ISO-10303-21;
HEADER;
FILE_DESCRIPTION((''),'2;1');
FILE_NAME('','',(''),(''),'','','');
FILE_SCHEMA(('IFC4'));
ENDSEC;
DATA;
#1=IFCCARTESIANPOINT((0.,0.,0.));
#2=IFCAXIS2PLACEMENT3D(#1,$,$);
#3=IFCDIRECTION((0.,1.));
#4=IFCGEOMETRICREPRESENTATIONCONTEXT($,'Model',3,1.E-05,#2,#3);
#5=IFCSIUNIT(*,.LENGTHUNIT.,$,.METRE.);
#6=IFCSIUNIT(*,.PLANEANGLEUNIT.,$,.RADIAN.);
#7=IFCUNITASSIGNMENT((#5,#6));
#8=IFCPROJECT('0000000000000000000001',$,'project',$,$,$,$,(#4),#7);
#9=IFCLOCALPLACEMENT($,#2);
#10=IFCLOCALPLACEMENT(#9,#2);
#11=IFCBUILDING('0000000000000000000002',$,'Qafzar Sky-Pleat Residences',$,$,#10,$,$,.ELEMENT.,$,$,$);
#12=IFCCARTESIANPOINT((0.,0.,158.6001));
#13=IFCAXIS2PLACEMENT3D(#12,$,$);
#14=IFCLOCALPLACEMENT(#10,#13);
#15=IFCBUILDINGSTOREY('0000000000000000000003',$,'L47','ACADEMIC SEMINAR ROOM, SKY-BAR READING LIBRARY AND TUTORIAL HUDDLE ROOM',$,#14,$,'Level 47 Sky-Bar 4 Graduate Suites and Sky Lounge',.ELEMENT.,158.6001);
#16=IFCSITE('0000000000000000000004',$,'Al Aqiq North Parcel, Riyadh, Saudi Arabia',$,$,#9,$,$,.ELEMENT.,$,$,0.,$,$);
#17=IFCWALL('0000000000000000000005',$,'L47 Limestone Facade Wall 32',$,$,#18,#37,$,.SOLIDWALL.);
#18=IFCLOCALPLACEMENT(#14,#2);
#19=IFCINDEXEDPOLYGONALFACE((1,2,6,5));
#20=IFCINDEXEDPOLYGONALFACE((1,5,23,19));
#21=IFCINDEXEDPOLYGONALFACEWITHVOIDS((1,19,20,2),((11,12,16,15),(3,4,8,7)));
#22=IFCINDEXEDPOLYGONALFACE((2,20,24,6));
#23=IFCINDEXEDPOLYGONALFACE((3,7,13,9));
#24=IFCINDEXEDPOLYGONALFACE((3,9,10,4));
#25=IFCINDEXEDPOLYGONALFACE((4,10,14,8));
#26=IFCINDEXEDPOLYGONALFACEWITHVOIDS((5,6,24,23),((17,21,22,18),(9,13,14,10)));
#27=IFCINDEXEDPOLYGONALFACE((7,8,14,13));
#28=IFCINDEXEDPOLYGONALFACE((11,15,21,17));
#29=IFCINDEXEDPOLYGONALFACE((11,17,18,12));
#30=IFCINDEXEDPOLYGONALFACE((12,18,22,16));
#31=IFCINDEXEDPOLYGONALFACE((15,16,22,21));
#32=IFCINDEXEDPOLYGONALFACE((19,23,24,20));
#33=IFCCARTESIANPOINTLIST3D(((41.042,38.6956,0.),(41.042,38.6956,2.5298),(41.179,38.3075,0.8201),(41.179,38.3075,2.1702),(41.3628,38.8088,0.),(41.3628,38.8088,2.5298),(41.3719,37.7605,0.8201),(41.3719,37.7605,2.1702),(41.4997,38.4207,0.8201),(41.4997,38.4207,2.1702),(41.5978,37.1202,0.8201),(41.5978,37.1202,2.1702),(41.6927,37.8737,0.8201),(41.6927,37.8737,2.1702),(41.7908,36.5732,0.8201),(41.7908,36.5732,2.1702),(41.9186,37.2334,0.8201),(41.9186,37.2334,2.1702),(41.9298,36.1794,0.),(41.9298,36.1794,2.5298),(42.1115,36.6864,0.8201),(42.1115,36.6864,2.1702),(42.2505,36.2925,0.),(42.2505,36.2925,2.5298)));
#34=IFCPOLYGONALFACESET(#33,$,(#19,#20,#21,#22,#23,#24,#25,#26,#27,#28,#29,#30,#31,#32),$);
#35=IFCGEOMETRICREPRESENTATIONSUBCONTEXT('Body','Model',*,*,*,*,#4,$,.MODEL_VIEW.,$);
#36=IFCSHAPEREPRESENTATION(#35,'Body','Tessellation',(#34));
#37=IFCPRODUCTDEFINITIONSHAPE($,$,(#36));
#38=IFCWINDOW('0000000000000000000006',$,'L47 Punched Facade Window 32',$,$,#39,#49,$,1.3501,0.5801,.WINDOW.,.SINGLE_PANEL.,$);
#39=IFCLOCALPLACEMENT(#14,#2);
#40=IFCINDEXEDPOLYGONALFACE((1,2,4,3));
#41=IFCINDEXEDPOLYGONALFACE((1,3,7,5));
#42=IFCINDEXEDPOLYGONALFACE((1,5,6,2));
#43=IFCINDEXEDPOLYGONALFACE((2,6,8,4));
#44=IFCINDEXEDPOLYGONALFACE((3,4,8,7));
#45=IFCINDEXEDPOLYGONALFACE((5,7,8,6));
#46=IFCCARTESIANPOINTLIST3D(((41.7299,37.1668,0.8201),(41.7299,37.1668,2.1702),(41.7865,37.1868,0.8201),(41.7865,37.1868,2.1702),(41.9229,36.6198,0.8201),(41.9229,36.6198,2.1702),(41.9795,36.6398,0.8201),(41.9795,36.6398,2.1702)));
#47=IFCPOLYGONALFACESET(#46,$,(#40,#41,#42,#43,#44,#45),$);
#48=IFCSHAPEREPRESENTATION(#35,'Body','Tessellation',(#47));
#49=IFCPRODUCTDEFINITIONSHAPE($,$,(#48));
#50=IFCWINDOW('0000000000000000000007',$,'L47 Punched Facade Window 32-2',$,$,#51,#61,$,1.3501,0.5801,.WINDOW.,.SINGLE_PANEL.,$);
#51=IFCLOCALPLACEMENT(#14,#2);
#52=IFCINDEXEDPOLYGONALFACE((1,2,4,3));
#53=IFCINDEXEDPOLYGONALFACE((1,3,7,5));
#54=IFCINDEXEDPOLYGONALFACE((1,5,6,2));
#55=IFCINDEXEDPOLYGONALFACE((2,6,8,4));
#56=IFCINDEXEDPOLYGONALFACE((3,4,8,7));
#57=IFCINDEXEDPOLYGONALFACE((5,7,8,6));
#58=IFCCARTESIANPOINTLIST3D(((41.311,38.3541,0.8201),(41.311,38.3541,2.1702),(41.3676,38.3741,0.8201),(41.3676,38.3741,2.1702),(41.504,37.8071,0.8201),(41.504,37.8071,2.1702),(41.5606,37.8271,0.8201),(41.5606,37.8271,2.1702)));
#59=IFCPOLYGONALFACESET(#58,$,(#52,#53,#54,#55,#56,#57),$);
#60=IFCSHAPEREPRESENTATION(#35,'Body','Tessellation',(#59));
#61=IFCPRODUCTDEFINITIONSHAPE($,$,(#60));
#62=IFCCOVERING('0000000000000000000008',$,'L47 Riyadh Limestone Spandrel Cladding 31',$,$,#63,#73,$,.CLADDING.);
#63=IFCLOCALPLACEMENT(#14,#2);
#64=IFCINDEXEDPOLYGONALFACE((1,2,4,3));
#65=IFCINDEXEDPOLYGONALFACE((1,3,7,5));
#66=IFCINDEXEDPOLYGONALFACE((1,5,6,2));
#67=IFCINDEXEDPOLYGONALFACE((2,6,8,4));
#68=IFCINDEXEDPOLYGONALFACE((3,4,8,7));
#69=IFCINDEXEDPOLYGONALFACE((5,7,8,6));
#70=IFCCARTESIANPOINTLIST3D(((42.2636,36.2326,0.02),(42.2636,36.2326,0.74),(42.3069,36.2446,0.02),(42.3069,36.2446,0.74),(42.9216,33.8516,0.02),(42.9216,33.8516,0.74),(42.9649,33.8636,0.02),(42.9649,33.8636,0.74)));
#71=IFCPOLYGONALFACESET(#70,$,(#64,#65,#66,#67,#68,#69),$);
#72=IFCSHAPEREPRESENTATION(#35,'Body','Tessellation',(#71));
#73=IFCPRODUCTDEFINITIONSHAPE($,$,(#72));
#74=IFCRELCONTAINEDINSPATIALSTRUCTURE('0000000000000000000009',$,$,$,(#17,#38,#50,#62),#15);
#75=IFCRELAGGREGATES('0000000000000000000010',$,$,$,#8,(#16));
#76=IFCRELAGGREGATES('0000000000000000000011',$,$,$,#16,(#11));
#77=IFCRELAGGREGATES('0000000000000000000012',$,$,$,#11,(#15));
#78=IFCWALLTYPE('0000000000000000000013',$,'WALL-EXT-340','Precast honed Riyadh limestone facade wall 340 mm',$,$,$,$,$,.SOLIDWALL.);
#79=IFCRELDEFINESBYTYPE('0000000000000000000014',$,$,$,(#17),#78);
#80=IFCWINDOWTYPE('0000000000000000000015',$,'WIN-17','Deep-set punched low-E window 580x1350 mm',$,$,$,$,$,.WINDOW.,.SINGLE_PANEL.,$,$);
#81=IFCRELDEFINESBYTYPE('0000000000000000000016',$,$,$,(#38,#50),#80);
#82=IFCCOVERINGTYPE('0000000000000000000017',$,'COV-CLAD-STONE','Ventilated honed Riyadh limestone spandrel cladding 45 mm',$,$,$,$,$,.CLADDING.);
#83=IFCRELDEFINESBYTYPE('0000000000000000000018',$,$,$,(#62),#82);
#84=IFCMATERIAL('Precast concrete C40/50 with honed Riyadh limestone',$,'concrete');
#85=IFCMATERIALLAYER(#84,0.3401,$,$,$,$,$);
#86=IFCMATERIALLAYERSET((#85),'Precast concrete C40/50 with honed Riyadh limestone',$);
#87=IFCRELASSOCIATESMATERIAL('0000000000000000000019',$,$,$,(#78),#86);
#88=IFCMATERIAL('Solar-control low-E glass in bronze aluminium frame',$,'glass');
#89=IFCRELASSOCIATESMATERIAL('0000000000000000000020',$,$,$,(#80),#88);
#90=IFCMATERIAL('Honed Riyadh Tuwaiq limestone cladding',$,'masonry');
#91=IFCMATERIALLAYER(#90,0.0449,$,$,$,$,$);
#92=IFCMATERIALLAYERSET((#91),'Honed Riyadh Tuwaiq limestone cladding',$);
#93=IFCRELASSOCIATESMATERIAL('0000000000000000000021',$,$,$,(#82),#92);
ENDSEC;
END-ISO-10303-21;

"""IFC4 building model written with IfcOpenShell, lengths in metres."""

from ifc_helpers import new_model, si_unit, direction, frame, frame_2d, origin, origin_2d, place, context, subcontext, project, spatial, rectangle, extrude, source, transform, mapped, material, layer, layer_set, type_object, element, fill, save


model = new_model("IFC4")

# Units and contexts
model_context = context("Model", 3, precision=1e-05, world=origin(), true_north=direction((0.0, 1.0)))
body_context = subcontext(model_context, "Body", "Model", "MODEL_VIEW")
ifc_project = project(units=[si_unit("LENGTHUNIT", "METRE"), si_unit("PLANEANGLEUNIT", "RADIAN")], contexts=[model_context])

# Site, building, storey
site_placement = place(None, origin())
site = spatial("IfcSite", under=ifc_project, at=site_placement, Name="Al Aqiq North Parcel, Riyadh, Saudi Arabia", CompositionType="ELEMENT", RefElevation=0.0)
building_placement = place(site_placement, origin())
building = spatial("IfcBuilding", under=site, at=building_placement, Name="Qafzar Sky-Pleat Residences", CompositionType="ELEMENT")
storey_placement = place(building_placement, frame((0.0, 0.0, 158.6001)))
storey = spatial("IfcBuildingStorey", under=building, at=storey_placement, Name="L47", Description="ACADEMIC SEMINAR ROOM, SKY-BAR READING LIBRARY AND TUTORIAL HUDDLE ROOM", LongName="Level 47 Sky-Bar 4 Graduate Suites and Sky Lounge", CompositionType="ELEMENT", Elevation=158.6001)

# Shared definitions
ifc_material_1 = material(Name="Precast concrete C40/50 with honed Riyadh limestone", Category="concrete")

# Shared definitions
ifc_layer_1 = layer(ifc_material_1, 0.3401)
ifc_layer_set_1 = layer_set([ifc_layer_1], Name="Precast concrete C40/50 with honed Riyadh limestone")
wall_type_1 = type_object("IfcWallType", Name="WALL-EXT-340", Description="Precast honed Riyadh limestone facade wall 340 mm", PredefinedType="SOLIDWALL", material=ifc_layer_set_1)
ifc_material_2 = material(Name="Solar-control low-E glass in bronze aluminium frame", Category="glass")
window_type_1 = type_object("IfcWindowType", Name="WIN-17", Description="Deep-set punched low-E window 580x1350 mm", PartitioningType="SINGLE_PANEL", PredefinedType="WINDOW", material=ifc_material_2)
shared_shape_1 = source(origin(), body_context, "Body", "SweptSolid", [
    extrude(rectangle(XDim=0.5801, YDim=1.3501, at=frame_2d((0.29, 0.675))), frame((0.0, 0.03, 0.0), z_axis=(0.0, -1.0, 0.0), x_axis=(1.0, 0.0, 0.0)), (0.0, 0.0, 1.0), 0.0601),
])

# Wall, openings, windows
wall_1_placement = place(storey_placement, frame((42.0901, 36.2361, 0.0), z_axis=(0.0, 0.0, 1.0), x_axis=(-0.332705, 0.943031, 0.0)))
wall_1 = element("IfcWall", 1, at=wall_1_placement, inside=storey, type_object=wall_type_1, Name="L47 Limestone Facade Wall 32", PredefinedType="SOLIDWALL", context=body_context, shape_type="SweptSolid", body=[
    extrude(rectangle(XDim=2.6682, YDim=0.3401, at=frame_2d((1.334, 0.0))), origin(), (0.0, 0.0, 1.0), 2.5298),
])
opening_1_placement = place(wall_1_placement, frame((0.4175, 0.0, 0.8201)))
opening_1 = element("IfcOpeningElement", 2, at=opening_1_placement, cuts=wall_1, PredefinedType="OPENING", context=body_context, shape_type="SweptSolid", body=[
    extrude(rectangle(XDim=0.5801, YDim=1.3501, at=frame_2d((0.29, 0.675))), frame((0.0, 0.1802, 0.0), z_axis=(0.0, -1.0, 0.0), x_axis=(1.0, 0.0, 0.0)), (0.0, 0.0, 1.0), 0.3601),
])
opening_2_placement = place(wall_1_placement, frame((1.6765, 0.0, 0.8201)))
opening_2 = element("IfcOpeningElement", 3, at=opening_2_placement, cuts=wall_1, PredefinedType="OPENING", context=body_context, shape_type="SweptSolid", body=[
    extrude(rectangle(XDim=0.5801, YDim=1.3501, at=frame_2d((0.29, 0.675))), frame((0.0, 0.1802, 0.0), z_axis=(0.0, -1.0, 0.0), x_axis=(1.0, 0.0, 0.0)), (0.0, 0.0, 1.0), 0.3601),
])
window_1_placement = place(opening_1_placement, origin())
window_1 = element("IfcWindow", 4, at=window_1_placement, inside=storey, type_object=window_type_1, Name="L47 Punched Facade Window 32", OverallHeight=1.3501, OverallWidth=0.5801, PartitioningType="SINGLE_PANEL", PredefinedType="WINDOW", context=body_context, shape_type="MappedRepresentation", body=[
    mapped(shared_shape_1, transform((0.0, 0.0, 0.0), x_axis=(1.0, 0.0, 0.0), y_axis=(0.0, 1.0, 0.0), z_axis=(0.0, 0.0, 1.0), scale=1.0)),
])
fill(opening_1, window_1)
window_2_placement = place(opening_2_placement, origin())
window_2 = element("IfcWindow", 5, at=window_2_placement, inside=storey, type_object=window_type_1, Name="L47 Punched Facade Window 32-2", OverallHeight=1.3501, OverallWidth=0.5801, PartitioningType="SINGLE_PANEL", PredefinedType="WINDOW", context=body_context, shape_type="MappedRepresentation", body=[
    mapped(shared_shape_1, transform((0.0, 0.0, 0.0), x_axis=(1.0, 0.0, 0.0), y_axis=(0.0, 1.0, 0.0), z_axis=(0.0, 0.0, 1.0), scale=1.0)),
])
fill(opening_2, window_2)

# Covering
ifc_material_3 = material(Name="Honed Riyadh Tuwaiq limestone cladding", Category="masonry")
ifc_layer_2 = layer(ifc_material_3, 0.0449)
ifc_layer_set_2 = layer_set([ifc_layer_2], Name="Honed Riyadh Tuwaiq limestone cladding")
covering_type = type_object("IfcCoveringType", Name="COV-CLAD-STONE", Description="Ventilated honed Riyadh limestone spandrel cladding 45 mm", PredefinedType="CLADDING", material=ifc_layer_set_2)
shared_shape_2 = source(origin(), body_context, "Body", "SweptSolid", [
    extrude(rectangle(XDim=2.4702, YDim=0.0449, at=origin_2d()), origin(), (0.0, 0.0, 1.0), 0.72),
])
covering_placement = place(storey_placement, frame((42.6143, 35.0481, 0.02), z_axis=(0.0, 0.0, 1.0), x_axis=(-0.266371, 0.96387, 0.0)))
element("IfcCovering", 6, at=covering_placement, inside=storey, type_object=covering_type, Name="L47 Riyadh Limestone Spandrel Cladding 31", PredefinedType="CLADDING", context=body_context, shape_type="MappedRepresentation", body=[
    mapped(shared_shape_2, transform((0.0, 0.0, 0.0), x_axis=(1.0, 0.0, 0.0), y_axis=(0.0, 1.0, 0.0), z_axis=(0.0, 0.0, 1.0), scale=1.0)),
])

save(model, "model.ifc")
